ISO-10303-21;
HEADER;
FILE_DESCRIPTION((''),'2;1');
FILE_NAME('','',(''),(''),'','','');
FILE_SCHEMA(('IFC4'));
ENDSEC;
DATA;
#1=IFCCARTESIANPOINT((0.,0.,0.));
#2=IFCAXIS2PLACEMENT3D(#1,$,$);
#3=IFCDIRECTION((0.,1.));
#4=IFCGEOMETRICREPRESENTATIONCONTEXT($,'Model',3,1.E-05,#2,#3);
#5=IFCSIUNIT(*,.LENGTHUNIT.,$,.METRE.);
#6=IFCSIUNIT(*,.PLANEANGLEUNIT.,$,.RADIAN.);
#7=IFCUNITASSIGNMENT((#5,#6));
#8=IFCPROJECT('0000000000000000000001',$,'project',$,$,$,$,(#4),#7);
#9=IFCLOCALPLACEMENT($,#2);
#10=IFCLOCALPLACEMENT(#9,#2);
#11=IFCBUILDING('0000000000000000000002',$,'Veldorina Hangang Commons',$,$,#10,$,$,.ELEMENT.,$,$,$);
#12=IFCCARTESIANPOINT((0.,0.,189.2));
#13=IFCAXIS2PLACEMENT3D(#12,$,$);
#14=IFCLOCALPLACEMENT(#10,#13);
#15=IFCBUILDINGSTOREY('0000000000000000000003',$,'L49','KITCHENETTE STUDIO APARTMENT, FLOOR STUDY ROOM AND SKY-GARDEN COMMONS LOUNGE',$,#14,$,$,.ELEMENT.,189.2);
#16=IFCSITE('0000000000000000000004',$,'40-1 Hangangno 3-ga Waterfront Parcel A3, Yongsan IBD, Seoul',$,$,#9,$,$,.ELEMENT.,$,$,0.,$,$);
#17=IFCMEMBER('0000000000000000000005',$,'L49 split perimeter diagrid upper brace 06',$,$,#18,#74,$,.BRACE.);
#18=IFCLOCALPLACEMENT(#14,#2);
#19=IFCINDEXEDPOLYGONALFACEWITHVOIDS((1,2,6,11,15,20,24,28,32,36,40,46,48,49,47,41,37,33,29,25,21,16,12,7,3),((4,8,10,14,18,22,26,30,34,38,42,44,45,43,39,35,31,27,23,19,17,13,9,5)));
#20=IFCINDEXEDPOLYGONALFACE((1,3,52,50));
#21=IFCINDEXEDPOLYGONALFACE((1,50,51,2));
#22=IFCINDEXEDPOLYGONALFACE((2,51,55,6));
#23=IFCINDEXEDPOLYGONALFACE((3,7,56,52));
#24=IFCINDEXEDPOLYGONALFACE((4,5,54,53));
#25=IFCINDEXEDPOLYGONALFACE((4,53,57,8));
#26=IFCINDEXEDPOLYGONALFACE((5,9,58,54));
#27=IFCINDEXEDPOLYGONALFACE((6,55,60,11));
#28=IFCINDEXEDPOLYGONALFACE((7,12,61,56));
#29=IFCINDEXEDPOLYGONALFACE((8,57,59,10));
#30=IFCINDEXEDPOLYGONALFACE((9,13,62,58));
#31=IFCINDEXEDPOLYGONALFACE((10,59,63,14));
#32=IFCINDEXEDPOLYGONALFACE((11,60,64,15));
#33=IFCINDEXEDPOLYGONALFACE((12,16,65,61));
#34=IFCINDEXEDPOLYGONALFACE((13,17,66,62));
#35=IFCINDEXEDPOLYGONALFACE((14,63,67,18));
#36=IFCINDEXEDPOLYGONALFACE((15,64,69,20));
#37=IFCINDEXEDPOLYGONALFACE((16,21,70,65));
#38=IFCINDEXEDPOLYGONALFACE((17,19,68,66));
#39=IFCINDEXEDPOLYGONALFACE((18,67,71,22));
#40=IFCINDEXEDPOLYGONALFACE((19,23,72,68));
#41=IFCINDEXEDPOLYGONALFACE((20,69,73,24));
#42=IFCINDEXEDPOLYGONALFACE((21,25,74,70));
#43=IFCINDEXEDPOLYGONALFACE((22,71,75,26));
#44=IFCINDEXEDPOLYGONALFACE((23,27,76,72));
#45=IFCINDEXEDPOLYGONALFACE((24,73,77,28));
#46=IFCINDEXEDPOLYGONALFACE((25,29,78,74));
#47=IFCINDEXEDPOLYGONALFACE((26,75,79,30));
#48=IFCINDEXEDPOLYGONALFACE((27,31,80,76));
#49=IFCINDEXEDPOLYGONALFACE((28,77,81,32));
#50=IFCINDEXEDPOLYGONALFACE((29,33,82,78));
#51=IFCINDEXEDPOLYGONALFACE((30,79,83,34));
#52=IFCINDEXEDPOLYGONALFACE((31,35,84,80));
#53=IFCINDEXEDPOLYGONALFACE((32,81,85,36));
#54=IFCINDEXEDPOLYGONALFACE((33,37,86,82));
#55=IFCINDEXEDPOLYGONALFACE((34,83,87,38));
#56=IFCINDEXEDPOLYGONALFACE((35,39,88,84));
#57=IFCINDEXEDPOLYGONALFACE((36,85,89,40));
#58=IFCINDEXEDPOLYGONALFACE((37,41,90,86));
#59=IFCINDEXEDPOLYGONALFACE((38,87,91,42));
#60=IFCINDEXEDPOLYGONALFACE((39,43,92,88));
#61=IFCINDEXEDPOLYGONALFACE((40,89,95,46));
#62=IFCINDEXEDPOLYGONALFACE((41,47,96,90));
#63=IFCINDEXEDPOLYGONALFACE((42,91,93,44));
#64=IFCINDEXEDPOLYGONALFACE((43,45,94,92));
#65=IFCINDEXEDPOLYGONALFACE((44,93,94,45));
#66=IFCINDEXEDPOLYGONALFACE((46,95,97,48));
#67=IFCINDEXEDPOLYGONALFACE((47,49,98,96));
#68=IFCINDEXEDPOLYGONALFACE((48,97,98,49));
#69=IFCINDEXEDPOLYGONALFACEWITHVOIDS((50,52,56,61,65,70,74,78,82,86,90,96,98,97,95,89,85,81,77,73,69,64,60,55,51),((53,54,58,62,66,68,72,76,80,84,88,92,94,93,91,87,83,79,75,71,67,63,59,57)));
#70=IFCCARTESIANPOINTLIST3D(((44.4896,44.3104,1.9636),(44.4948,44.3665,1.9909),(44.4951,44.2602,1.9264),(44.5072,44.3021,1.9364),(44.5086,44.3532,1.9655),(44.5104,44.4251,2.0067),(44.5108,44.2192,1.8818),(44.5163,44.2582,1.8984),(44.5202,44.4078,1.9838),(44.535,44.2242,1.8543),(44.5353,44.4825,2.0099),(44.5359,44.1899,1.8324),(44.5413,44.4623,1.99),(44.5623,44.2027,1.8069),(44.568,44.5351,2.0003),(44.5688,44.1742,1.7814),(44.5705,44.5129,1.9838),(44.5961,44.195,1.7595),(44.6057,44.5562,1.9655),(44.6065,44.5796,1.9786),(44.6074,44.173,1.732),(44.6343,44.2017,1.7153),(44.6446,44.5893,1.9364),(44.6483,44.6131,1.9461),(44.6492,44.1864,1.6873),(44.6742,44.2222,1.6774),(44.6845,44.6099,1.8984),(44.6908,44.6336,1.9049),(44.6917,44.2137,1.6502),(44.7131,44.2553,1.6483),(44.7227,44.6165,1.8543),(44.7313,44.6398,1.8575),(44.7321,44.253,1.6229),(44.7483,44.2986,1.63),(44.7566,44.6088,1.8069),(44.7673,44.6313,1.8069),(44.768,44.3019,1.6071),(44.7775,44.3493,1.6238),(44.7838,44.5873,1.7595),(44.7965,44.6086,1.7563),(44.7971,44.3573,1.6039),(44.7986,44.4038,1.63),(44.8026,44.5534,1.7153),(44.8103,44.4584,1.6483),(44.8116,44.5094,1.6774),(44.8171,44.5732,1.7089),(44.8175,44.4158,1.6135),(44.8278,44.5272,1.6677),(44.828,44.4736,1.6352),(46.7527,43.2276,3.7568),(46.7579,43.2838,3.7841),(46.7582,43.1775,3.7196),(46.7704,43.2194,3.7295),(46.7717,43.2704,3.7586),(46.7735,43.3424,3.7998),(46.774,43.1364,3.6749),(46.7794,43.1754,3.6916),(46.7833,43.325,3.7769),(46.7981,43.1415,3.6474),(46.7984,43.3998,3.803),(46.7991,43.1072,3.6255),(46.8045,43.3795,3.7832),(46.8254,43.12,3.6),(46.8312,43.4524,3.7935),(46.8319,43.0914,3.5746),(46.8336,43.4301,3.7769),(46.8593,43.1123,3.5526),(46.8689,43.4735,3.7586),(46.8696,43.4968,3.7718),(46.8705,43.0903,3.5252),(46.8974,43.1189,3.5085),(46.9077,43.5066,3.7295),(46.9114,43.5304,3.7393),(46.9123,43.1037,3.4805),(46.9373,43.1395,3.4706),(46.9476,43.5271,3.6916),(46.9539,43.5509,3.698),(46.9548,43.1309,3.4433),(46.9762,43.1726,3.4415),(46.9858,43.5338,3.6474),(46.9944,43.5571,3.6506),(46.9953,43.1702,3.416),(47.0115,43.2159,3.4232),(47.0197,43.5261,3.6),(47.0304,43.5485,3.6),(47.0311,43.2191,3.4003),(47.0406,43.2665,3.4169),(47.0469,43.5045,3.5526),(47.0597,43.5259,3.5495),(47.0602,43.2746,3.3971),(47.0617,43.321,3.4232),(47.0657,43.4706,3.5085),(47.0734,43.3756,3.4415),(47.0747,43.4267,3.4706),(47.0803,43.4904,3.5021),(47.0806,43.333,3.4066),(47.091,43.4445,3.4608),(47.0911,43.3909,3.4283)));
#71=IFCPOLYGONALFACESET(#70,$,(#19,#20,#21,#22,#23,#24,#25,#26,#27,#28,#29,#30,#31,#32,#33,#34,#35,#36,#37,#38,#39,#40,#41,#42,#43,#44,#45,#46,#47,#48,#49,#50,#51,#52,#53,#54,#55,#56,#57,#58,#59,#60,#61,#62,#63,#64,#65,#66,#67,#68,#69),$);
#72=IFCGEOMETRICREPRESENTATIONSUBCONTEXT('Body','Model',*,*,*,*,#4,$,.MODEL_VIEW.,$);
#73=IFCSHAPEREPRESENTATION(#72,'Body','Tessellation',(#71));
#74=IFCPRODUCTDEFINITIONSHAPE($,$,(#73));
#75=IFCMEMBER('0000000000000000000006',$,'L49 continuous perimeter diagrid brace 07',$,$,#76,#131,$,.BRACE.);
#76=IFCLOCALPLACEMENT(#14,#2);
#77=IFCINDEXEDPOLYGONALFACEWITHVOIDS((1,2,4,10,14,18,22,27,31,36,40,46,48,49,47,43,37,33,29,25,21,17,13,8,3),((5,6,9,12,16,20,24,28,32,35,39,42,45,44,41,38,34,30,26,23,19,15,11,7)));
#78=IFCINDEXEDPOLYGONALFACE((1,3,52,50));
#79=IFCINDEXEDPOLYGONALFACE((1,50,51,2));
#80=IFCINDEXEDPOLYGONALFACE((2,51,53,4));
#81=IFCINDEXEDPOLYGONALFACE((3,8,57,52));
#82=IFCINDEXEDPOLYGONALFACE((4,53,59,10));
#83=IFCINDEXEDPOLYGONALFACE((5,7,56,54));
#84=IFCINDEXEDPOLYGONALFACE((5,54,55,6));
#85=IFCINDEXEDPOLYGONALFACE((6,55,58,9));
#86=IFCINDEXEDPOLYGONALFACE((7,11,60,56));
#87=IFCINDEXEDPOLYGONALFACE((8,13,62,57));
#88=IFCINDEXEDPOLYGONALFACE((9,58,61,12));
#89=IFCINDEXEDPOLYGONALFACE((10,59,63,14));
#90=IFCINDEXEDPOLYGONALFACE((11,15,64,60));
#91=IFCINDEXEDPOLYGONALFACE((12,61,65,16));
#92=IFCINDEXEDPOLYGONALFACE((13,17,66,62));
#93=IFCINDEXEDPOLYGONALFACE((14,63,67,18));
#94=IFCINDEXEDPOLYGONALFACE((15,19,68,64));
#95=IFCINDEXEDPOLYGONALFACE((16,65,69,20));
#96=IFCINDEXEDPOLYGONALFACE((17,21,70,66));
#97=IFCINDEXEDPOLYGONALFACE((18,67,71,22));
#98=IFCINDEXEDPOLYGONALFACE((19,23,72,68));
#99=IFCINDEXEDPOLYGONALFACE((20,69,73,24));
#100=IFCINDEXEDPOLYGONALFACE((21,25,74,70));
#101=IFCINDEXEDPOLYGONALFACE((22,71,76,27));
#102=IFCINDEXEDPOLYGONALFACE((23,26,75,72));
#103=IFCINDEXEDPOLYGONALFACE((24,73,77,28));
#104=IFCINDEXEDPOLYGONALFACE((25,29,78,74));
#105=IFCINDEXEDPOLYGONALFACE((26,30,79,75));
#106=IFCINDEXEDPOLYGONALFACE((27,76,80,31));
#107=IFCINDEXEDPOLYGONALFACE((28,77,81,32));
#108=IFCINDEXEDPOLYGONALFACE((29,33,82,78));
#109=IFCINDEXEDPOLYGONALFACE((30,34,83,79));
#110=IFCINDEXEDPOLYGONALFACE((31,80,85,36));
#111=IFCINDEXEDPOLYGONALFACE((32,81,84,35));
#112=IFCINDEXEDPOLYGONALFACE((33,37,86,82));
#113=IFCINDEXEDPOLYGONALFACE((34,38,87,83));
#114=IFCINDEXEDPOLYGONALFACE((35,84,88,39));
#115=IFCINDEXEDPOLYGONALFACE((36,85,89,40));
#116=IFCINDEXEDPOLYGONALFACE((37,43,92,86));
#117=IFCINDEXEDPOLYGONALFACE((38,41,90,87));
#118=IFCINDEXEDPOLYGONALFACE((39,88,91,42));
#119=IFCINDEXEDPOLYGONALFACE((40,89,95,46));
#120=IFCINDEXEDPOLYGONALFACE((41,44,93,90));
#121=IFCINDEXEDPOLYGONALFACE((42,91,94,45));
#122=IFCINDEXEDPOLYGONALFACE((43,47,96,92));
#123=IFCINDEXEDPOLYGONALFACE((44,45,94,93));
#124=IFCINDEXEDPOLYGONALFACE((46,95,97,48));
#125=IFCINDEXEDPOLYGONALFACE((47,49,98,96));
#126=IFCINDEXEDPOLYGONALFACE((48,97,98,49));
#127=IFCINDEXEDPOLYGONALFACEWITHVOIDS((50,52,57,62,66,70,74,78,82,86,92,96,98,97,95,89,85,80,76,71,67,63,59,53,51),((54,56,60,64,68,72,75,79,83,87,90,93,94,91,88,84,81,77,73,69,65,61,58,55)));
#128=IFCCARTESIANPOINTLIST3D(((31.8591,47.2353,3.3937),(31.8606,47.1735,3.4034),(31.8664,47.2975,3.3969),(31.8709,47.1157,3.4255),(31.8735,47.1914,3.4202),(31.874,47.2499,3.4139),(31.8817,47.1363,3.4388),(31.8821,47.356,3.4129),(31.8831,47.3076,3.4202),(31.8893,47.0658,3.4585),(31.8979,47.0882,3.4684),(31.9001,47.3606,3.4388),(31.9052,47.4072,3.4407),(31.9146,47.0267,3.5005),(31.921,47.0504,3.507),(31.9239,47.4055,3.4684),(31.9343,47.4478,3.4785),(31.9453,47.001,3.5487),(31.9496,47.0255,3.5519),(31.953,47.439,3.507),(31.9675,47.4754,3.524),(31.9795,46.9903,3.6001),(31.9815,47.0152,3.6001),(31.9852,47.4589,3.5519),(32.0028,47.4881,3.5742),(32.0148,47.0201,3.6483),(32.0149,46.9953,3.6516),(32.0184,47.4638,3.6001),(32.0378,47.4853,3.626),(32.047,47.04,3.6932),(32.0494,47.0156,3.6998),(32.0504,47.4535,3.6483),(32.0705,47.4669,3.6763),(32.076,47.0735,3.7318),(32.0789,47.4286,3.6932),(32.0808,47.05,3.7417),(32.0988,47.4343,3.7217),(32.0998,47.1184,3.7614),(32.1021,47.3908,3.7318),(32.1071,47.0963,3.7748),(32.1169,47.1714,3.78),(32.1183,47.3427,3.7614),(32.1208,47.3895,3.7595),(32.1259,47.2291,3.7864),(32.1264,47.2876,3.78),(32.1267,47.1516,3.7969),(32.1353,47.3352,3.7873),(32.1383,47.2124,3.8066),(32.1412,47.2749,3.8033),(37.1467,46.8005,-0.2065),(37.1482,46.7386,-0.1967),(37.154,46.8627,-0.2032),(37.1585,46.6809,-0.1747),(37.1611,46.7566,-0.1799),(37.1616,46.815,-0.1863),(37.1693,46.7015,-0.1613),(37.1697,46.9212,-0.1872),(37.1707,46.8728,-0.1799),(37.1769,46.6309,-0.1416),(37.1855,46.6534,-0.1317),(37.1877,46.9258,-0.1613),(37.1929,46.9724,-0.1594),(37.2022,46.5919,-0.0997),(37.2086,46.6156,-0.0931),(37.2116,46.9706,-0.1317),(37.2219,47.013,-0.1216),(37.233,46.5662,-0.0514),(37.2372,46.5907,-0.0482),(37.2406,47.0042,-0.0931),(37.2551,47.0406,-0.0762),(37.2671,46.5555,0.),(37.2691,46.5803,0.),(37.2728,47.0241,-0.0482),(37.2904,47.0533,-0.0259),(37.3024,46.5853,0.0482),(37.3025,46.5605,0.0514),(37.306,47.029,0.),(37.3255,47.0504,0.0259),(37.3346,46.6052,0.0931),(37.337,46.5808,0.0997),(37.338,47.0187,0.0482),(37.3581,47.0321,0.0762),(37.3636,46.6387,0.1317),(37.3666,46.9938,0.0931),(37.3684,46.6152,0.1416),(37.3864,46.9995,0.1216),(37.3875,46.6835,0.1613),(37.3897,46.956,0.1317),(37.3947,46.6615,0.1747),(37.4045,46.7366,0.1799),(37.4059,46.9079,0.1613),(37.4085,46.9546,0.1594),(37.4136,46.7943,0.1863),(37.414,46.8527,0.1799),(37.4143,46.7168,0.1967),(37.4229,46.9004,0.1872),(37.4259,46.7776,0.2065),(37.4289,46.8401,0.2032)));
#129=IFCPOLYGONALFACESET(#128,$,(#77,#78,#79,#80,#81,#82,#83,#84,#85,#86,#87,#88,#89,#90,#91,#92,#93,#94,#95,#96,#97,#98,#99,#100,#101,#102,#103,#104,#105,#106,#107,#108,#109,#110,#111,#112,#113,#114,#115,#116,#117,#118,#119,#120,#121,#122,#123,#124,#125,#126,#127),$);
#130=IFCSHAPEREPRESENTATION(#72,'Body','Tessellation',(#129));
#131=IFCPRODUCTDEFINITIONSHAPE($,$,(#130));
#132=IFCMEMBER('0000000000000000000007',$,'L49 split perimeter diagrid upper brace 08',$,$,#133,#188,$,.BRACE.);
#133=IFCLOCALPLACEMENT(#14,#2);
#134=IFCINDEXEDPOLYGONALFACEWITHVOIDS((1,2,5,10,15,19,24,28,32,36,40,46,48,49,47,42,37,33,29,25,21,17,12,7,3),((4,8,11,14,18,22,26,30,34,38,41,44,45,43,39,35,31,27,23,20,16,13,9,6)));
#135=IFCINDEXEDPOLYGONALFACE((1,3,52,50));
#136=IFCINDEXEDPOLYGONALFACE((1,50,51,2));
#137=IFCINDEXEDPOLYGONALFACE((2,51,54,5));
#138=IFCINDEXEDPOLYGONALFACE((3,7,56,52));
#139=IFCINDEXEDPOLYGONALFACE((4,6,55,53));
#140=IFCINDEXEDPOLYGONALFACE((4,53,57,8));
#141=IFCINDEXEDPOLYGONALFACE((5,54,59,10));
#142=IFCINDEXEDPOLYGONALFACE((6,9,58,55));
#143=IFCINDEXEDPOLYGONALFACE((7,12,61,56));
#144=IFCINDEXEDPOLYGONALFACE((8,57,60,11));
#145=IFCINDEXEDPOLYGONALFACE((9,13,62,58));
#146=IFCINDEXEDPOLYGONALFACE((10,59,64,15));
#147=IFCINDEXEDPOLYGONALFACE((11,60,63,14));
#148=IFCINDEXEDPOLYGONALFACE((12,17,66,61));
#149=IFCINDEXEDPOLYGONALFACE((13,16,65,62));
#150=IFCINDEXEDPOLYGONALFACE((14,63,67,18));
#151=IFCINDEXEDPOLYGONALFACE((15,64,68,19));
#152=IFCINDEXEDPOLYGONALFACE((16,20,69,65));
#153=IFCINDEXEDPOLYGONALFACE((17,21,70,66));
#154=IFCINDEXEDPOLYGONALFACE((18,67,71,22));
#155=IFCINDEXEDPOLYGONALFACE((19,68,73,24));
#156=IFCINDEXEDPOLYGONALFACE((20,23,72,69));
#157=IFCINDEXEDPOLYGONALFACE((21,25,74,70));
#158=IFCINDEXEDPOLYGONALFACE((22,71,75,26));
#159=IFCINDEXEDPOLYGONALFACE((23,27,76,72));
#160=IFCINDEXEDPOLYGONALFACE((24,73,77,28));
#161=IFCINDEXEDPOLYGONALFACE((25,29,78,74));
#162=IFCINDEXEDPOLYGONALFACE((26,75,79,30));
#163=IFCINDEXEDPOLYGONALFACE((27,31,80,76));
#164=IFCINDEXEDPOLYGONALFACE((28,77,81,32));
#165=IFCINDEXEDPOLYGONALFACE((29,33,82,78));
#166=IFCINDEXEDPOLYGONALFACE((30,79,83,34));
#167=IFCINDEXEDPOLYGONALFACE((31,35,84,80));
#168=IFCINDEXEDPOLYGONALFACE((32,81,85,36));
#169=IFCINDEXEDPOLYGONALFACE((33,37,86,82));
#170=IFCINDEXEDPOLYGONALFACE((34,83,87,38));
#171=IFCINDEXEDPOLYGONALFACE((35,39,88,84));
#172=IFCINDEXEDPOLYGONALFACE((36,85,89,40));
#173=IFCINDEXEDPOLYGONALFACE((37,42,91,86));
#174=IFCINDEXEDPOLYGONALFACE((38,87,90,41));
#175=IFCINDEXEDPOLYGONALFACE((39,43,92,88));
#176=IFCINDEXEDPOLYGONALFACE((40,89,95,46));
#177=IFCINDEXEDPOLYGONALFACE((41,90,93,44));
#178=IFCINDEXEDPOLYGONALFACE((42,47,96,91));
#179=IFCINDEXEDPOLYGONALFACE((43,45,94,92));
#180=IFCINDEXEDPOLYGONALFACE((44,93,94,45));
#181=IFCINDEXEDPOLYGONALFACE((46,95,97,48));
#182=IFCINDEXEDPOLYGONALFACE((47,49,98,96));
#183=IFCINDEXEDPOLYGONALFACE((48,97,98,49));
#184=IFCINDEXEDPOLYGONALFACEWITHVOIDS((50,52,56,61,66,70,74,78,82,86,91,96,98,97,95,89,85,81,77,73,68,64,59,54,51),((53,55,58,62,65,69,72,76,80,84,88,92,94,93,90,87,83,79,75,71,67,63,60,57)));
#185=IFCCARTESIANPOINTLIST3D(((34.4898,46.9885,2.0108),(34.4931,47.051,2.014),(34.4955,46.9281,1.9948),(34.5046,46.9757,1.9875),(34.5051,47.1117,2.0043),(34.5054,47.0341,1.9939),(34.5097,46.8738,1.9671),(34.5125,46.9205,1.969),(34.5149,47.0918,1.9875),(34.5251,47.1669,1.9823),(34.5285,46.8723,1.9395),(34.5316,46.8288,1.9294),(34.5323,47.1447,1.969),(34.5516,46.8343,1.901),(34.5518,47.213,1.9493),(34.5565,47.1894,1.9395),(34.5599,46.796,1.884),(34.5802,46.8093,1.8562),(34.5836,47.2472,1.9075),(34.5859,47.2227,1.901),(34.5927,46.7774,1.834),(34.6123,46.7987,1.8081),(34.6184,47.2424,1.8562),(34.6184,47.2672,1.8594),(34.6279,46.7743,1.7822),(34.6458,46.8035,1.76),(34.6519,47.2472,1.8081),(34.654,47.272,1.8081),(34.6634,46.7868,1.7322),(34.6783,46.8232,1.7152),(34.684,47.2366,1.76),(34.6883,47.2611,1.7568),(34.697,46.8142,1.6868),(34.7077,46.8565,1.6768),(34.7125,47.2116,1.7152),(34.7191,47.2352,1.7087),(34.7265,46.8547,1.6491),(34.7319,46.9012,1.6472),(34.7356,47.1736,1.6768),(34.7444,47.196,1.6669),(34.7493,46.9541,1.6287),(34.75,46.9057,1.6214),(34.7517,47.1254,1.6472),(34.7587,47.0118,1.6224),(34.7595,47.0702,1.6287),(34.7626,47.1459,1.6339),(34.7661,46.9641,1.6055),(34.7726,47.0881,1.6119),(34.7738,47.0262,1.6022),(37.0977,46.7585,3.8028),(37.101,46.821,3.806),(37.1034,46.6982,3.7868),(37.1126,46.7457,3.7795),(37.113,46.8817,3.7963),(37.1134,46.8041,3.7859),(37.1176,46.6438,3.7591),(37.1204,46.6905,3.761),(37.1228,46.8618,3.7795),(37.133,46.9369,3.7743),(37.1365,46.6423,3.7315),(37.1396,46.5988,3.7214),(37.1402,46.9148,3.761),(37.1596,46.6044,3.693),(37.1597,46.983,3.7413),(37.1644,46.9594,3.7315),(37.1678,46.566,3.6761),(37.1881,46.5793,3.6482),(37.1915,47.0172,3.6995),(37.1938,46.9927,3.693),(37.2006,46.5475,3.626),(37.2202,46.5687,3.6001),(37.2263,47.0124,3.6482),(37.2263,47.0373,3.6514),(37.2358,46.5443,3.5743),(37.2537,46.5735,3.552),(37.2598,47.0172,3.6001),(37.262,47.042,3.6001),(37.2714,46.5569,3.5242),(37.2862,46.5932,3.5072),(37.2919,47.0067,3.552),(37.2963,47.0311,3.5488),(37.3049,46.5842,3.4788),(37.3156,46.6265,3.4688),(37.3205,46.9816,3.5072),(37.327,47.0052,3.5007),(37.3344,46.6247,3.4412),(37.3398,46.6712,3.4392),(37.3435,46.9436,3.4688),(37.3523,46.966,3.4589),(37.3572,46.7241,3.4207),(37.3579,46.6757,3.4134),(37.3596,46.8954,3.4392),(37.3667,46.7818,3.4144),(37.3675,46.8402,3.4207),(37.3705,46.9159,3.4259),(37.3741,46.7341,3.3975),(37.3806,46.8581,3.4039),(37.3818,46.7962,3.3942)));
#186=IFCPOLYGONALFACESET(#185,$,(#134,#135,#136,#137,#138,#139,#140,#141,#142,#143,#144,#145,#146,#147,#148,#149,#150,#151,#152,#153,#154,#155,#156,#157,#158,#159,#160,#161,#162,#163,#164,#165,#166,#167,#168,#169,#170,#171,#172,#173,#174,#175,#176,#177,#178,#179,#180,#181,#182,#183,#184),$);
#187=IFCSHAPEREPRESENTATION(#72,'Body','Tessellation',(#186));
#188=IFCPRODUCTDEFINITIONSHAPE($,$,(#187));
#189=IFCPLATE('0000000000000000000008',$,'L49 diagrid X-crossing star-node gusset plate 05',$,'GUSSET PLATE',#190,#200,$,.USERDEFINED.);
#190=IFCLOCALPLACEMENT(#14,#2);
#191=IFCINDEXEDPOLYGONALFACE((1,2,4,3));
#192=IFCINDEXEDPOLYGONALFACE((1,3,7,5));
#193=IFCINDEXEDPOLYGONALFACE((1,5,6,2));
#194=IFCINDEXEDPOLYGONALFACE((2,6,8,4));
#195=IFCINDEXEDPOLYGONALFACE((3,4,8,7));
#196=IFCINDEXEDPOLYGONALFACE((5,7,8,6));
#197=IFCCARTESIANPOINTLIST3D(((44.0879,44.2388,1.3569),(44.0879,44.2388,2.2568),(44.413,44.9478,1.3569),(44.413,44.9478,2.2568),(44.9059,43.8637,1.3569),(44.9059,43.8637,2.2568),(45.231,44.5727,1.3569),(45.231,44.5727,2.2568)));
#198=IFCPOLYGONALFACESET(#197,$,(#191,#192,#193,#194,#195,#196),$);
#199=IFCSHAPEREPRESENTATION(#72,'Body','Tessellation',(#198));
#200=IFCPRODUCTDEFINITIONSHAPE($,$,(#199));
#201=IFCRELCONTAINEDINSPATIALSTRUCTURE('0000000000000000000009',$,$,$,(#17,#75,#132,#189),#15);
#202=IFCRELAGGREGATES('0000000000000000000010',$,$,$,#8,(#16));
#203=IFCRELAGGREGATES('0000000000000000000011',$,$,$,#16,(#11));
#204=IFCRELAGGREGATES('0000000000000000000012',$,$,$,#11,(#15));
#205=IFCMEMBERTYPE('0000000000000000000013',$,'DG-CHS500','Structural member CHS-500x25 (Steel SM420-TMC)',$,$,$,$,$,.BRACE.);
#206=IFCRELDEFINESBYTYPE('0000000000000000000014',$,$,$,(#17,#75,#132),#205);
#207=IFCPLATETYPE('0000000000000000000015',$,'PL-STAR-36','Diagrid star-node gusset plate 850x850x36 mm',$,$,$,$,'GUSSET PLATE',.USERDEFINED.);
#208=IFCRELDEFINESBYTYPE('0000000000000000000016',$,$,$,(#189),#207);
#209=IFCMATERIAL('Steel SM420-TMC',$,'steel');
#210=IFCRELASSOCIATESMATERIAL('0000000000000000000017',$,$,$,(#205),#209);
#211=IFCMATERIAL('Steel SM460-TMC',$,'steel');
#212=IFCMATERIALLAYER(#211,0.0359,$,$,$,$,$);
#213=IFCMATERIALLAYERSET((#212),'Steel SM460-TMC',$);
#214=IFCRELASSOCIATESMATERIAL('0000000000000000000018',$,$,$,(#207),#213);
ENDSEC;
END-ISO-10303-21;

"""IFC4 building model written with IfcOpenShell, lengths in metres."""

from ifc_helpers import new_model, si_unit, direction, frame, origin, origin_2d, place, context, subcontext, project, spatial, rectangle, hollow_circle, extrude, material, layer, layer_set, material_profile, profile_set, type_object, element, save


model = new_model("IFC4")

# Units and contexts
model_context = context("Model", 3, precision=1e-05, world=origin(), true_north=direction((0.0, 1.0)))
body_context = subcontext(model_context, "Body", "Model", "MODEL_VIEW")
ifc_project = project(units=[si_unit("LENGTHUNIT", "METRE"), si_unit("PLANEANGLEUNIT", "RADIAN")], contexts=[model_context])

# Site, building, storey
site_placement = place(None, origin())
site = spatial("IfcSite", under=ifc_project, at=site_placement, Name="40-1 Hangangno 3-ga Waterfront Parcel A3, Yongsan IBD, Seoul", CompositionType="ELEMENT", RefElevation=0.0)
building_placement = place(site_placement, origin())
building = spatial("IfcBuilding", under=site, at=building_placement, Name="Veldorina Hangang Commons", CompositionType="ELEMENT")
storey_placement = place(building_placement, frame((0.0, 0.0, 189.2)))
storey = spatial("IfcBuildingStorey", under=building, at=storey_placement, Name="L49", Description="KITCHENETTE STUDIO APARTMENT, FLOOR STUDY ROOM AND SKY-GARDEN COMMONS LOUNGE", CompositionType="ELEMENT", Elevation=189.2)

# Shared definitions
ifc_material_1 = material(Name="Steel SM420-TMC", Category="steel")

# Members
ifc_material_profile_1 = material_profile(ifc_material_1, hollow_circle(Radius=0.25, WallThickness=0.0249, at=origin_2d()), Name="CHS-500x25")
ifc_profile_set_1 = profile_set([ifc_material_profile_1], Name="Steel SM420-TMC")
member_type = type_object("IfcMemberType", Name="DG-CHS500", Description="Structural member CHS-500x25 (Steel SM420-TMC)", PredefinedType="BRACE", material=ifc_profile_set_1)
member_1_placement = place(storey_placement, frame((44.6594, 44.4058, 1.8069), z_axis=(0.733888, -0.35111, 0.581489), x_axis=(0.431576, 0.902077, 0.0)))
element("IfcMember", 1, at=member_1_placement, inside=storey, type_object=member_type, Name="L49 split perimeter diagrid upper brace 06", PredefinedType="BRACE", context=body_context, shape_type="SweptSolid", body=[
    extrude(hollow_circle(Radius=0.25, WallThickness=0.0249, at=origin_2d()), origin(), (0.0, 0.0, 1.0), 3.0837),
])
member_2_placement = place(storey_placement, frame((37.2876, 46.8047, 0.0), z_axis=(-0.824694, 0.067817, 0.561499), x_axis=(-0.081956, -0.996636, 0.0)))
element("IfcMember", 2, at=member_2_placement, inside=storey, type_object=member_type, Name="L49 continuous perimeter diagrid brace 07", PredefinedType="BRACE", context=body_context, shape_type="SweptSolid", body=[
    extrude(hollow_circle(Radius=0.25, WallThickness=0.0249, at=origin_2d()), origin(), (0.0, 0.0, 1.0), 6.4116),
])
member_3_placement = place(storey_placement, frame((34.6321, 47.0229, 1.8081), z_axis=(0.822013, -0.07249, 0.564836), x_axis=(0.087845, 0.996134, 0.0)))
element("IfcMember", 3, at=member_3_placement, inside=storey, type_object=member_type, Name="L49 split perimeter diagrid upper brace 08", PredefinedType="BRACE", context=body_context, shape_type="SweptSolid", body=[
    extrude(hollow_circle(Radius=0.25, WallThickness=0.0249, at=origin_2d()), origin(), (0.0, 0.0, 1.0), 3.1726),
])

# Plate
ifc_material_2 = material(Name="Steel SM460-TMC", Category="steel")
ifc_layer_1 = layer(ifc_material_2, 0.0359)
ifc_layer_set_1 = layer_set([ifc_layer_1], Name="Steel SM460-TMC")
plate_type = type_object("IfcPlateType", Name="PL-STAR-36", Description="Diagrid star-node gusset plate 850x850x36 mm", ElementType="GUSSET PLATE", PredefinedType="USERDEFINED", material=ifc_layer_set_1)
plate_1_placement = place(storey_placement, frame((44.6594, 44.4058, 1.3569), z_axis=(0.0, 0.0, 1.0), x_axis=(-0.908989, 0.41682, 0.0)))
element("IfcPlate", 4, at=plate_1_placement, inside=storey, type_object=plate_type, Name="L49 diagrid X-crossing star-node gusset plate 05", ObjectType="GUSSET PLATE", PredefinedType="USERDEFINED", context=body_context, shape_type="SweptSolid", body=[
    extrude(rectangle(XDim=0.8999, YDim=0.78, at=origin_2d()), origin(), (0.0, 0.0, 1.0), 0.8999),
])

save(model, "model.ifc")
